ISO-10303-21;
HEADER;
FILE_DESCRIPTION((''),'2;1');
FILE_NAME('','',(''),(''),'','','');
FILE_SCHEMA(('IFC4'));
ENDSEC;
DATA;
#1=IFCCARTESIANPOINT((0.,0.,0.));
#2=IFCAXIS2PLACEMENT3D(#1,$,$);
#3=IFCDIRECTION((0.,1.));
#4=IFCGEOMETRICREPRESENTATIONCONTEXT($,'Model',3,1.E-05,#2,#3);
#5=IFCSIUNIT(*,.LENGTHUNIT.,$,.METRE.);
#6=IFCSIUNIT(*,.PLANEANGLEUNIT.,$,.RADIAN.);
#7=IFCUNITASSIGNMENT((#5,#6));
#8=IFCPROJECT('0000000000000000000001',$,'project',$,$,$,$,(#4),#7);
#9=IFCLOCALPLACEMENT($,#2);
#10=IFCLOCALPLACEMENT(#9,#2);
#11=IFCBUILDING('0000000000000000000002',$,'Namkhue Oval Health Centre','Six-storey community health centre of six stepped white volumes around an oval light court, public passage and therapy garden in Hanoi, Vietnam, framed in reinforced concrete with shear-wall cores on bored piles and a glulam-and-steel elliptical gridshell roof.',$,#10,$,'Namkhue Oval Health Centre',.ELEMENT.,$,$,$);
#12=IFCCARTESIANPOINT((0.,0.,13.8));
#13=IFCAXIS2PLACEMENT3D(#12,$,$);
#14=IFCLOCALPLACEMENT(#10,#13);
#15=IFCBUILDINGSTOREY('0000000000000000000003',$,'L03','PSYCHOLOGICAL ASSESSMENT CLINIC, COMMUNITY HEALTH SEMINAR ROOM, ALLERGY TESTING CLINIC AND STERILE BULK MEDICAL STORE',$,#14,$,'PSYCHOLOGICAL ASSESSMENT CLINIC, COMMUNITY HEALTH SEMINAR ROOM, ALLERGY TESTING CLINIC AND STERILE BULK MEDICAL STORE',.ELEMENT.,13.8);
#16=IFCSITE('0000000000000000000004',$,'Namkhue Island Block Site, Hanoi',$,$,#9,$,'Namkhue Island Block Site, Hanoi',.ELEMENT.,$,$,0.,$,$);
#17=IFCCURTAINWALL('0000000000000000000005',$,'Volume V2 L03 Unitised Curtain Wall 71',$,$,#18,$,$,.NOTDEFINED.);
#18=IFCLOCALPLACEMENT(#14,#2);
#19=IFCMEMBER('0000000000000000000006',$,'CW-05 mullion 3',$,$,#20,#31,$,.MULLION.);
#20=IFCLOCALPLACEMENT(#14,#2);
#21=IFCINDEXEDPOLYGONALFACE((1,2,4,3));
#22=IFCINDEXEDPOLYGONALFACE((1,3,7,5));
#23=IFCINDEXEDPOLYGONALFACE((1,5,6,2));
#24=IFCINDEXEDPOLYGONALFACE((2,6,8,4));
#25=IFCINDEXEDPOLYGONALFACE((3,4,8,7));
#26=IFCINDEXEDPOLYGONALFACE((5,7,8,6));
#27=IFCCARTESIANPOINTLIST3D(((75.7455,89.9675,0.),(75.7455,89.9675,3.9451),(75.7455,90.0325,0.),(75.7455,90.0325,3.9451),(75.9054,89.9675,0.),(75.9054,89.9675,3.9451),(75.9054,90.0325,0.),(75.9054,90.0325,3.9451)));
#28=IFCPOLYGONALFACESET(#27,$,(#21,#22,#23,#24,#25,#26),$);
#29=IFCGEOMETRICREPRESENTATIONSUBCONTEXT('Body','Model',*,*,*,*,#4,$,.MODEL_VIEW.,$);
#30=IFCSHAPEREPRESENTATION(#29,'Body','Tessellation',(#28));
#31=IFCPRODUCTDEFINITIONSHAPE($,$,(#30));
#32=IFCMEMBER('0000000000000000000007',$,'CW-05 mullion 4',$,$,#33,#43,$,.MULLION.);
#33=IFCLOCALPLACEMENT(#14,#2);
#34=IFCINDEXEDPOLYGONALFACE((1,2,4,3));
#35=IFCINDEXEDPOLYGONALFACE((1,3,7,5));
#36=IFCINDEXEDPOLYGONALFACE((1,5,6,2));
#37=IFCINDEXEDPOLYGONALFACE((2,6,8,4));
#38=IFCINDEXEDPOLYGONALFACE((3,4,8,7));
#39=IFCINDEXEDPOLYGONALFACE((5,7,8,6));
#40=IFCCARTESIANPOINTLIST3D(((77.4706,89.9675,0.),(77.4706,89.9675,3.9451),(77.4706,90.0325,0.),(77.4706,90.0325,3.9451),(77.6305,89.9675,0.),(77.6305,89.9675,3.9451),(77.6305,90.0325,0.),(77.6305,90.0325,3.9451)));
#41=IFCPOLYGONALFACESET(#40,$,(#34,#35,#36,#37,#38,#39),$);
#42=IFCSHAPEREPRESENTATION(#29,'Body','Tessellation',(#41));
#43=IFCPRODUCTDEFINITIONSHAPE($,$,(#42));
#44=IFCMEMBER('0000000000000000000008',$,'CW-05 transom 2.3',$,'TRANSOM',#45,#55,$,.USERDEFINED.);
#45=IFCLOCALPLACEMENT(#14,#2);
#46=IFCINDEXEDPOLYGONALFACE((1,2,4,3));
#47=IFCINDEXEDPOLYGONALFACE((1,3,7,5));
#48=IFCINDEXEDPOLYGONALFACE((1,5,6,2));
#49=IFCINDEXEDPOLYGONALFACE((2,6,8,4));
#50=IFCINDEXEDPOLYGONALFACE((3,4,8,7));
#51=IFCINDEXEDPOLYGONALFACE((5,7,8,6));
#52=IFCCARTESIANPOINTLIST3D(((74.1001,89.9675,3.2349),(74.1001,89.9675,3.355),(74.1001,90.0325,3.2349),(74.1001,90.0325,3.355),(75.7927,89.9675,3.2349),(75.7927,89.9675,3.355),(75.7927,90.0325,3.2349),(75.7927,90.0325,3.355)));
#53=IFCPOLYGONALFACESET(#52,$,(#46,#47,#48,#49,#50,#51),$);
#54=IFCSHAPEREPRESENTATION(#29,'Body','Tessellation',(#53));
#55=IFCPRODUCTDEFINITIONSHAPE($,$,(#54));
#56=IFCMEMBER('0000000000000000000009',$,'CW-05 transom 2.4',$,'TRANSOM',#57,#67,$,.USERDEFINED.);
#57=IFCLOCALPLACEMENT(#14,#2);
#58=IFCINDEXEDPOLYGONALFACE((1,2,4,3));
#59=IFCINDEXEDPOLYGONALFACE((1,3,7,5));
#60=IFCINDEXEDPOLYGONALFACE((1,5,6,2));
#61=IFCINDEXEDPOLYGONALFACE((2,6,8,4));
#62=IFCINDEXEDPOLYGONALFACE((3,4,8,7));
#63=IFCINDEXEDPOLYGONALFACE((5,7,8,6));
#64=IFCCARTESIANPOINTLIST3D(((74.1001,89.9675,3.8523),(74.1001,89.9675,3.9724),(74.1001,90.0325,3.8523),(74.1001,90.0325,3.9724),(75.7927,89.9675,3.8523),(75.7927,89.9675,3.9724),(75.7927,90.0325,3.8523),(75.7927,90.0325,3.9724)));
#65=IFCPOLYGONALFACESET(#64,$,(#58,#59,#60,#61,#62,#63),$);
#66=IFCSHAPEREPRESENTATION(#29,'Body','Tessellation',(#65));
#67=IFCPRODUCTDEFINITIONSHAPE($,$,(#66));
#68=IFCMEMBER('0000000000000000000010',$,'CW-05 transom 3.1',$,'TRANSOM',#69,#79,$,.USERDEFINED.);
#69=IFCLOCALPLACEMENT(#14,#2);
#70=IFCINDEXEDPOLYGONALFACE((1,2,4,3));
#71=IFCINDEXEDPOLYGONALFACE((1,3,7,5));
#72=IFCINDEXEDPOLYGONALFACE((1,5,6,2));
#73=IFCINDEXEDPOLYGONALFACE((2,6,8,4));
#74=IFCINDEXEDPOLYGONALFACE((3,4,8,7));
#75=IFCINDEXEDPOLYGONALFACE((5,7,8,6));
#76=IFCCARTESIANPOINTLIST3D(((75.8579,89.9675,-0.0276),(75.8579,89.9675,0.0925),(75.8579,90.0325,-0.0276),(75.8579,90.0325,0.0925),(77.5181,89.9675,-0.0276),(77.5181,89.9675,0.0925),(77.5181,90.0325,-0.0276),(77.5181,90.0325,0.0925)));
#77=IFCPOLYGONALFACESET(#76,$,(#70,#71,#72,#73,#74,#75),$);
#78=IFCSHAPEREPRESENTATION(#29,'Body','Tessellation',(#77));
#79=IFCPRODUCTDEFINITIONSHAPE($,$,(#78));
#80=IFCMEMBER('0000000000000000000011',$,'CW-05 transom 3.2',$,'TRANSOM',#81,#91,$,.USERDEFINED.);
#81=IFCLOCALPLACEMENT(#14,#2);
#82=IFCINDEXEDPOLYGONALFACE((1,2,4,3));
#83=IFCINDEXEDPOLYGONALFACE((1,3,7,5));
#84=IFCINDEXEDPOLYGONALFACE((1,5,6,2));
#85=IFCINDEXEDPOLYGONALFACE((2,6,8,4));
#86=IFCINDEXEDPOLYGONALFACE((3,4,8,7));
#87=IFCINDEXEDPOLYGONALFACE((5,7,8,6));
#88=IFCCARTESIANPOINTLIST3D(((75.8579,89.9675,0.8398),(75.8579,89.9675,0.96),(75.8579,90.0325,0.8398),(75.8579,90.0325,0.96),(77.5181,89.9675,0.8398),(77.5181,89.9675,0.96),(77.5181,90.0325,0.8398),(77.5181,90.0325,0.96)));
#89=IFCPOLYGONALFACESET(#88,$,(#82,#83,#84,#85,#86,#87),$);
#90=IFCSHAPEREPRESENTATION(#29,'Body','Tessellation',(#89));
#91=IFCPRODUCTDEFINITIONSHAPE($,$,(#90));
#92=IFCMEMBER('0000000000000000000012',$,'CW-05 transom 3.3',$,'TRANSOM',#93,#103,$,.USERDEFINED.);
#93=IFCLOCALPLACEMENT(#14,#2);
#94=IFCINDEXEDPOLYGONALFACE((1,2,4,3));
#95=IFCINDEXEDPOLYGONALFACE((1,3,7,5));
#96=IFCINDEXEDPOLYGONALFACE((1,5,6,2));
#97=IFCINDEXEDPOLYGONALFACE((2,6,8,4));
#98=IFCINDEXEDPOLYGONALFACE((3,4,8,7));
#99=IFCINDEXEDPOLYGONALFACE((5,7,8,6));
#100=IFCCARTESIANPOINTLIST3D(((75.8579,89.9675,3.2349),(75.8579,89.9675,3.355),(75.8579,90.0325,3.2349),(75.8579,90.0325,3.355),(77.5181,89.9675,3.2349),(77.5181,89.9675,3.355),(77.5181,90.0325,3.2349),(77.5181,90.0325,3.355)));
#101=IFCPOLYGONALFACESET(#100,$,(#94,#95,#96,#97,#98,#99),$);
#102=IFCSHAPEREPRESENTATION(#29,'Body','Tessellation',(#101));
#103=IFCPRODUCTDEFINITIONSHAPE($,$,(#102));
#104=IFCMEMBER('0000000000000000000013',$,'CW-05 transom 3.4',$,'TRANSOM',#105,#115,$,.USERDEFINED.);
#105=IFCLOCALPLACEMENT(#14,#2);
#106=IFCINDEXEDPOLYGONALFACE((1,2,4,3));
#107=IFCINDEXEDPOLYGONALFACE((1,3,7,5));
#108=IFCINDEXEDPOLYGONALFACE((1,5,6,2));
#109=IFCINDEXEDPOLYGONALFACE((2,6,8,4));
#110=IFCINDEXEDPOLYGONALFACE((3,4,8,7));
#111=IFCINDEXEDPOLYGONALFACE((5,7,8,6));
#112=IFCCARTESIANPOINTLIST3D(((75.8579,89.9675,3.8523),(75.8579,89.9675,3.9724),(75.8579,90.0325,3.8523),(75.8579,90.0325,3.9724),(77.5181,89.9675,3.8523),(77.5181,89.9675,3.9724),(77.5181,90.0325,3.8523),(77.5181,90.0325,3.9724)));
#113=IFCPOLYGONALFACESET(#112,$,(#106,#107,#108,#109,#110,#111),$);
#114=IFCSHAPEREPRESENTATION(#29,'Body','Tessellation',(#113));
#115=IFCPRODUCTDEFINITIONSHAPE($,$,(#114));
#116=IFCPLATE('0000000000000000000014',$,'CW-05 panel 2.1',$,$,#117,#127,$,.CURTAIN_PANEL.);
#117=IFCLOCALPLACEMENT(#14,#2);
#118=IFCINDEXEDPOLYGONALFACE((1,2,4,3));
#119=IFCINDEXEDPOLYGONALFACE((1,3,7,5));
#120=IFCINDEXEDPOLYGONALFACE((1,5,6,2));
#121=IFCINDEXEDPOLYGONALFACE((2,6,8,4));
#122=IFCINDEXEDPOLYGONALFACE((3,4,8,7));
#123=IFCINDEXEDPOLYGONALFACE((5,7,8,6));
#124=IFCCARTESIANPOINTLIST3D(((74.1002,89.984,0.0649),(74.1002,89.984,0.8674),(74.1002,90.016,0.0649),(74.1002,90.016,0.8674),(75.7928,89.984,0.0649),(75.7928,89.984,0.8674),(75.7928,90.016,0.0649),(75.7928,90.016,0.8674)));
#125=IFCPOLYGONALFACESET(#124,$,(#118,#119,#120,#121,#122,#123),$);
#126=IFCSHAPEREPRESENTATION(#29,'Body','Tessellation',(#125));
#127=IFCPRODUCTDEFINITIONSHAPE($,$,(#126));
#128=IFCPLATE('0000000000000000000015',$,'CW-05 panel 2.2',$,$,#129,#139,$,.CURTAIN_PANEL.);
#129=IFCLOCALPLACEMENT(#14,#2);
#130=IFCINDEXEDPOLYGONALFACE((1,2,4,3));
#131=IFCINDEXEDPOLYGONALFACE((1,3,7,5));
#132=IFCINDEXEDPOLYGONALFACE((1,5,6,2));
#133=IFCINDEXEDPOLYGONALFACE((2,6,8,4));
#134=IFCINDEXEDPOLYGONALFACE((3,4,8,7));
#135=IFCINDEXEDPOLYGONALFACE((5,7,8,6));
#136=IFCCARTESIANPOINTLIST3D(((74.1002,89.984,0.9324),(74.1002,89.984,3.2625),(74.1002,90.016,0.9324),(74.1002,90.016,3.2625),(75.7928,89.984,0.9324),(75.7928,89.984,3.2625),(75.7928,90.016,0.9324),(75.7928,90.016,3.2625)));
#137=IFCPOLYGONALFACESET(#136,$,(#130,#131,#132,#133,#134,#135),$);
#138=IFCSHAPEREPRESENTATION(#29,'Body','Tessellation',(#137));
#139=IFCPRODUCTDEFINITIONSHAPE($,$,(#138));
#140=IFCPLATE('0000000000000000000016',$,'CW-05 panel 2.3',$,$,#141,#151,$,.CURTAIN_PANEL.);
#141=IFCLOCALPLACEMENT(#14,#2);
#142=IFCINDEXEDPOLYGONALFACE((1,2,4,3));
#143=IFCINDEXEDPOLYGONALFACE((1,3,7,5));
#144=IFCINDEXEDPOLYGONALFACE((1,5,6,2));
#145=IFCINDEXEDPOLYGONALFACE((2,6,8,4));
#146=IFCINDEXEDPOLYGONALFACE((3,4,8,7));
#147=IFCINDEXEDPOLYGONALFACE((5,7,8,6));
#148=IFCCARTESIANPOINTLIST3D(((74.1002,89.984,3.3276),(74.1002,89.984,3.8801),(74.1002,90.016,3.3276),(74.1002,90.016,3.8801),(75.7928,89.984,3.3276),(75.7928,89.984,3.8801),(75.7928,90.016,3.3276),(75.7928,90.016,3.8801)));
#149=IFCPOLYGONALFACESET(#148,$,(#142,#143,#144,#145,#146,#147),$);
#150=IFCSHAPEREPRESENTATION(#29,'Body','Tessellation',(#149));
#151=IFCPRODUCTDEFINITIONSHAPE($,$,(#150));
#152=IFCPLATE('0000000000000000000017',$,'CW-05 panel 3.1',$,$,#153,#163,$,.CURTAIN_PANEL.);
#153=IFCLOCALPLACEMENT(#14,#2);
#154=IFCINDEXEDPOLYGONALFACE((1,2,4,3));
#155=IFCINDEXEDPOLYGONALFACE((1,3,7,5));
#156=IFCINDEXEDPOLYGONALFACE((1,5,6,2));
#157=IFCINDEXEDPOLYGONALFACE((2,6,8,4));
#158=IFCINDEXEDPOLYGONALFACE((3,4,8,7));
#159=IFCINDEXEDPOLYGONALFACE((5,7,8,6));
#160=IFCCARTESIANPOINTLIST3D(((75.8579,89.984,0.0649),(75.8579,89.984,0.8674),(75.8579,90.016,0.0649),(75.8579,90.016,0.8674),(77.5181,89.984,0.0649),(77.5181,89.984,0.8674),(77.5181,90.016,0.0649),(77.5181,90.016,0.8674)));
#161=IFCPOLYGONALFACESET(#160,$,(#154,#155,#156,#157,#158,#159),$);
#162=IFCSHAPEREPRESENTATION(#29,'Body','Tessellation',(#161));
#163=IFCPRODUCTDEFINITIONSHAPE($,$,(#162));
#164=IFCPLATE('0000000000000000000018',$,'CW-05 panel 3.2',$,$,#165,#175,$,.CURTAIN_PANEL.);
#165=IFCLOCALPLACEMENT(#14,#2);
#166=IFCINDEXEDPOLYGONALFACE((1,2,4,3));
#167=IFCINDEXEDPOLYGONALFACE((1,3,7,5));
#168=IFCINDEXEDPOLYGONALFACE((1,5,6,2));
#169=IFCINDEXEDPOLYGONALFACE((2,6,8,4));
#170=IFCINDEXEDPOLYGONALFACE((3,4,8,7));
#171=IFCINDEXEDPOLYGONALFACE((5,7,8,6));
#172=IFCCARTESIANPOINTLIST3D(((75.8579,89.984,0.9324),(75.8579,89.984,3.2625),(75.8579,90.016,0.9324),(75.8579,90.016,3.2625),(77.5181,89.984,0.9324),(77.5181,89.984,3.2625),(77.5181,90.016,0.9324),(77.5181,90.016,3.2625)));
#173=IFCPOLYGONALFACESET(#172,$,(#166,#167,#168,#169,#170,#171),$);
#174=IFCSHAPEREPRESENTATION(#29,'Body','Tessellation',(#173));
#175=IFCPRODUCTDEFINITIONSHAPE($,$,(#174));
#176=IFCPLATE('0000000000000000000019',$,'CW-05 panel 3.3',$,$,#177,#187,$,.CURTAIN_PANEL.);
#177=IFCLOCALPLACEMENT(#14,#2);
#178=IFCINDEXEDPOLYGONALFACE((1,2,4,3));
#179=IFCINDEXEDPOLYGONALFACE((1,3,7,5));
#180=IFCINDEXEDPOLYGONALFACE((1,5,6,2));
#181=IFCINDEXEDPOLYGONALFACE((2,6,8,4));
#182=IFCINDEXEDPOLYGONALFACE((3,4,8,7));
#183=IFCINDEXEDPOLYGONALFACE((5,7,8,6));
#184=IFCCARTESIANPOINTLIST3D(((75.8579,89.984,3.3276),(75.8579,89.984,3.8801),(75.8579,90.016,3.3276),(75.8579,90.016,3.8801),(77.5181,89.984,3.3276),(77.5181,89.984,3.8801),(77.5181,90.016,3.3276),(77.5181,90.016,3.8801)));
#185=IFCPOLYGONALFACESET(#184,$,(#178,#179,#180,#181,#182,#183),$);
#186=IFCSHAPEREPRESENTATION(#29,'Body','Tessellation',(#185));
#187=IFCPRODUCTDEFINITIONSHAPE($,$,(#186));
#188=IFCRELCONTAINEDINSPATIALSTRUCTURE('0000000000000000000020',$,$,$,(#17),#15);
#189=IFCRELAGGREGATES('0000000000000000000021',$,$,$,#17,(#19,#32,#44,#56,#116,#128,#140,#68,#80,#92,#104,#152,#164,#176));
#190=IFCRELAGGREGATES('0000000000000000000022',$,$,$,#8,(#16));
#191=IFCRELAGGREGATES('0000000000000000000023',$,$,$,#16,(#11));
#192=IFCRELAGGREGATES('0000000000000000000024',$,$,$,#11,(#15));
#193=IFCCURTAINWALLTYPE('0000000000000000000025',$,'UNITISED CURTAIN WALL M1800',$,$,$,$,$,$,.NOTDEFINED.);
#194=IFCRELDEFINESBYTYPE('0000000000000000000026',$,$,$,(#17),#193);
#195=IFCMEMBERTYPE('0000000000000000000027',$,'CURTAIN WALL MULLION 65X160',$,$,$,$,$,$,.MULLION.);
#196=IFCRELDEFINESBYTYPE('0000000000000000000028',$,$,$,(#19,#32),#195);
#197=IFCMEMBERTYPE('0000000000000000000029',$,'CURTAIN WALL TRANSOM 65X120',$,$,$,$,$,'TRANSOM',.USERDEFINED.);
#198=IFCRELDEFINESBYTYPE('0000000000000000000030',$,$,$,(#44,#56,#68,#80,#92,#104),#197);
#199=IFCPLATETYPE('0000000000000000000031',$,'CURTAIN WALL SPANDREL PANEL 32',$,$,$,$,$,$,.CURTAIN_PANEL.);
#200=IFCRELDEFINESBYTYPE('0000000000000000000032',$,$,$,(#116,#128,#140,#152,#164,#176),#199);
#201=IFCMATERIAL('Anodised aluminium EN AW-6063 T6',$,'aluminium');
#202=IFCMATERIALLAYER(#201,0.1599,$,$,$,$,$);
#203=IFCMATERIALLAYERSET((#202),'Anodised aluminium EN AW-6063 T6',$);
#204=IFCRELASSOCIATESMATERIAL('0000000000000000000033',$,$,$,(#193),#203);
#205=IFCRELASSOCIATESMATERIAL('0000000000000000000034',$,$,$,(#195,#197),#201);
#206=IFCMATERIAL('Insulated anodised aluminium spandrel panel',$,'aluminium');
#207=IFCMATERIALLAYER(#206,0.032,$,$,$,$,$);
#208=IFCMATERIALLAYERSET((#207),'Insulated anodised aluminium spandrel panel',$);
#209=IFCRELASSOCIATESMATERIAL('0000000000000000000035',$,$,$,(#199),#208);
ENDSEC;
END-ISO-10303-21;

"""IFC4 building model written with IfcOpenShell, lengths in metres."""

from ifc_helpers import new_model, si_unit, direction, frame, origin, origin_2d, place, context, subcontext, project, spatial, rectangle, extrude, material, layer, layer_set, material_profile, profile_set, type_object, element, aggregate, save


model = new_model("IFC4")

# Units and contexts
model_context = context("Model", 3, precision=1e-05, world=origin(), true_north=direction((0.0, 1.0)))
body_context = subcontext(model_context, "Body", "Model", "MODEL_VIEW")
ifc_project = project(units=[si_unit("LENGTHUNIT", "METRE"), si_unit("PLANEANGLEUNIT", "RADIAN")], contexts=[model_context])

# Site, building, storey
site_placement = place(None, origin())
site = spatial("IfcSite", under=ifc_project, at=site_placement, Name="Namkhue Island Block Site, Hanoi", LongName="Namkhue Island Block Site, Hanoi", CompositionType="ELEMENT", RefElevation=0.0)
building_placement = place(site_placement, origin())
building = spatial("IfcBuilding", under=site, at=building_placement, Name="Namkhue Oval Health Centre", Description="Six-storey community health centre of six stepped white volumes around an oval light court, public passage and therapy garden in Hanoi, Vietnam, framed in reinforced concrete with shear-wall cores on bored piles and a glulam-and-steel elliptical gridshell roof.", LongName="Namkhue Oval Health Centre", CompositionType="ELEMENT")
storey_placement = place(building_placement, frame((0.0, 0.0, 13.8)))
storey = spatial("IfcBuildingStorey", under=building, at=storey_placement, Name="L03", Description="PSYCHOLOGICAL ASSESSMENT CLINIC, COMMUNITY HEALTH SEMINAR ROOM, ALLERGY TESTING CLINIC AND STERILE BULK MEDICAL STORE", LongName="PSYCHOLOGICAL ASSESSMENT CLINIC, COMMUNITY HEALTH SEMINAR ROOM, ALLERGY TESTING CLINIC AND STERILE BULK MEDICAL STORE", CompositionType="ELEMENT", Elevation=13.8)

# Curtain wall, members, plates
ifc_material_1 = material(Name="Anodised aluminium EN AW-6063 T6", Category="aluminium")
ifc_layer_1 = layer(ifc_material_1, 0.1599)
ifc_layer_set_1 = layer_set([ifc_layer_1], Name="Anodised aluminium EN AW-6063 T6")
curtain_wall_type = type_object("IfcCurtainWallType", Name="UNITISED CURTAIN WALL M1800", PredefinedType="NOTDEFINED", material=ifc_layer_set_1)
curtain_wall_placement = place(storey_placement, origin())
curtain_wall = element("IfcCurtainWall", 1, at=curtain_wall_placement, inside=storey, type_object=curtain_wall_type, Name="Volume V2 L03 Unitised Curtain Wall 71", PredefinedType="NOTDEFINED")
ifc_material_profile_1 = material_profile(ifc_material_1, rectangle(XDim=0.0649, YDim=0.1599, at=origin_2d()), Name="ALU 65x160")
ifc_profile_set_1 = profile_set([ifc_material_profile_1], Name="Anodised aluminium EN AW-6063 T6")
member_type_1 = type_object("IfcMemberType", Name="CURTAIN WALL MULLION 65X160", PredefinedType="MULLION", material=ifc_profile_set_1)
member_1_placement = place(storey_placement, frame((75.8254, 90.0, 0.0), z_axis=(0.0, 0.0, 1.0), x_axis=(0.0, 1.0, 0.0)))
member_1 = element("IfcMember", 2, at=member_1_placement, type_object=member_type_1, Name="CW-05 mullion 3", PredefinedType="MULLION", context=body_context, shape_type="SweptSolid", body=[
    extrude(rectangle(XDim=0.0649, YDim=0.1599, at=origin_2d()), origin(), (0.0, 0.0, 1.0), 3.9451),
])
member_2_placement = place(storey_placement, frame((77.5505, 90.0, 0.0), z_axis=(0.0, 0.0, 1.0), x_axis=(0.0, 1.0, 0.0)))
member_2 = element("IfcMember", 3, at=member_2_placement, type_object=member_type_1, Name="CW-05 mullion 4", PredefinedType="MULLION", context=body_context, shape_type="SweptSolid", body=[
    extrude(rectangle(XDim=0.0649, YDim=0.1599, at=origin_2d()), origin(), (0.0, 0.0, 1.0), 3.9451),
])
ifc_material_profile_2 = material_profile(ifc_material_1, rectangle(XDim=0.0649, YDim=0.1201, at=origin_2d()), Name="ALU 65x120")
ifc_profile_set_2 = profile_set([ifc_material_profile_2], Name="Anodised aluminium EN AW-6063 T6")
member_type_2 = type_object("IfcMemberType", Name="CURTAIN WALL TRANSOM 65X120", ElementType="TRANSOM", PredefinedType="USERDEFINED", material=ifc_profile_set_2)
member_3_placement = place(storey_placement, frame((74.1001, 90.0, 3.2949), z_axis=(1.0, 0.0, 0.0), x_axis=(0.0, 1.0, 0.0)))
member_3 = element("IfcMember", 4, at=member_3_placement, type_object=member_type_2, Name="CW-05 transom 2.3", ObjectType="TRANSOM", PredefinedType="USERDEFINED", context=body_context, shape_type="SweptSolid", body=[
    extrude(rectangle(XDim=0.0649, YDim=0.1201, at=origin_2d()), origin(), (0.0, 0.0, 1.0), 1.6926),
])
member_4_placement = place(storey_placement, frame((74.1001, 90.0, 3.9124), z_axis=(1.0, 0.0, 0.0), x_axis=(0.0, 1.0, 0.0)))
member_4 = element("IfcMember", 5, at=member_4_placement, type_object=member_type_2, Name="CW-05 transom 2.4", ObjectType="TRANSOM", PredefinedType="USERDEFINED", context=body_context, shape_type="SweptSolid", body=[
    extrude(rectangle(XDim=0.0649, YDim=0.1201, at=origin_2d()), origin(), (0.0, 0.0, 1.0), 1.6926),
])
member_5_placement = place(storey_placement, frame((75.8579, 90.0, 0.0325), z_axis=(1.0, 0.0, 0.0), x_axis=(0.0, 1.0, 0.0)))
member_5 = element("IfcMember", 6, at=member_5_placement, type_object=member_type_2, Name="CW-05 transom 3.1", ObjectType="TRANSOM", PredefinedType="USERDEFINED", context=body_context, shape_type="SweptSolid", body=[
    extrude(rectangle(XDim=0.0649, YDim=0.1201, at=origin_2d()), origin(), (0.0, 0.0, 1.0), 1.6602),
])
member_6_placement = place(storey_placement, frame((75.8579, 90.0, 0.8999), z_axis=(1.0, 0.0, 0.0), x_axis=(0.0, 1.0, 0.0)))
member_6 = element("IfcMember", 7, at=member_6_placement, type_object=member_type_2, Name="CW-05 transom 3.2", ObjectType="TRANSOM", PredefinedType="USERDEFINED", context=body_context, shape_type="SweptSolid", body=[
    extrude(rectangle(XDim=0.0649, YDim=0.1201, at=origin_2d()), origin(), (0.0, 0.0, 1.0), 1.6602),
])
member_7_placement = place(storey_placement, frame((75.8579, 90.0, 3.2949), z_axis=(1.0, 0.0, 0.0), x_axis=(0.0, 1.0, 0.0)))
member_7 = element("IfcMember", 8, at=member_7_placement, type_object=member_type_2, Name="CW-05 transom 3.3", ObjectType="TRANSOM", PredefinedType="USERDEFINED", context=body_context, shape_type="SweptSolid", body=[
    extrude(rectangle(XDim=0.0649, YDim=0.1201, at=origin_2d()), origin(), (0.0, 0.0, 1.0), 1.6602),
])
member_8_placement = place(storey_placement, frame((75.8579, 90.0, 3.9124), z_axis=(1.0, 0.0, 0.0), x_axis=(0.0, 1.0, 0.0)))
member_8 = element("IfcMember", 9, at=member_8_placement, type_object=member_type_2, Name="CW-05 transom 3.4", ObjectType="TRANSOM", PredefinedType="USERDEFINED", context=body_context, shape_type="SweptSolid", body=[
    extrude(rectangle(XDim=0.0649, YDim=0.1201, at=origin_2d()), origin(), (0.0, 0.0, 1.0), 1.6602),
])
ifc_material_2 = material(Name="Insulated anodised aluminium spandrel panel", Category="aluminium")
ifc_layer_2 = layer(ifc_material_2, 0.032)
ifc_layer_set_2 = layer_set([ifc_layer_2], Name="Insulated anodised aluminium spandrel panel")
plate_type = type_object("IfcPlateType", Name="CURTAIN WALL SPANDREL PANEL 32", PredefinedType="CURTAIN_PANEL", material=ifc_layer_set_2)
plate_1_placement = place(storey_placement, frame((74.9465, 90.0, 0.0649), z_axis=(0.0, 0.0, 1.0), x_axis=(1.0, 0.0, 0.0)))
plate_1 = element("IfcPlate", 10, at=plate_1_placement, type_object=plate_type, Name="CW-05 panel 2.1", PredefinedType="CURTAIN_PANEL", context=body_context, shape_type="SweptSolid", body=[
    extrude(rectangle(XDim=1.6926, YDim=0.032, at=origin_2d()), origin(), (0.0, 0.0, 1.0), 0.8025),
])
plate_2_placement = place(storey_placement, frame((74.9465, 90.0, 0.9324), z_axis=(0.0, 0.0, 1.0), x_axis=(1.0, 0.0, 0.0)))
plate_2 = element("IfcPlate", 11, at=plate_2_placement, type_object=plate_type, Name="CW-05 panel 2.2", PredefinedType="CURTAIN_PANEL", context=body_context, shape_type="SweptSolid", body=[
    extrude(rectangle(XDim=1.6926, YDim=0.032, at=origin_2d()), origin(), (0.0, 0.0, 1.0), 2.3301),
])
plate_3_placement = place(storey_placement, frame((74.9465, 90.0, 3.3276), z_axis=(0.0, 0.0, 1.0), x_axis=(1.0, 0.0, 0.0)))
plate_3 = element("IfcPlate", 12, at=plate_3_placement, type_object=plate_type, Name="CW-05 panel 2.3", PredefinedType="CURTAIN_PANEL", context=body_context, shape_type="SweptSolid", body=[
    extrude(rectangle(XDim=1.6926, YDim=0.032, at=origin_2d()), origin(), (0.0, 0.0, 1.0), 0.5525),
])
plate_4_placement = place(storey_placement, frame((76.688, 90.0, 0.0649), z_axis=(0.0, 0.0, 1.0), x_axis=(1.0, 0.0, 0.0)))
plate_4 = element("IfcPlate", 13, at=plate_4_placement, type_object=plate_type, Name="CW-05 panel 3.1", PredefinedType="CURTAIN_PANEL", context=body_context, shape_type="SweptSolid", body=[
    extrude(rectangle(XDim=1.6602, YDim=0.032, at=origin_2d()), origin(), (0.0, 0.0, 1.0), 0.8025),
])
plate_5_placement = place(storey_placement, frame((76.688, 90.0, 0.9324), z_axis=(0.0, 0.0, 1.0), x_axis=(1.0, 0.0, 0.0)))
plate_5 = element("IfcPlate", 14, at=plate_5_placement, type_object=plate_type, Name="CW-05 panel 3.2", PredefinedType="CURTAIN_PANEL", context=body_context, shape_type="SweptSolid", body=[
    extrude(rectangle(XDim=1.6602, YDim=0.032, at=origin_2d()), origin(), (0.0, 0.0, 1.0), 2.3301),
])
plate_6_placement = place(storey_placement, frame((76.688, 90.0, 3.3276), z_axis=(0.0, 0.0, 1.0), x_axis=(1.0, 0.0, 0.0)))
plate_6 = element("IfcPlate", 15, at=plate_6_placement, type_object=plate_type, Name="CW-05 panel 3.3", PredefinedType="CURTAIN_PANEL", context=body_context, shape_type="SweptSolid", body=[
    extrude(rectangle(XDim=1.6602, YDim=0.032, at=origin_2d()), origin(), (0.0, 0.0, 1.0), 0.5525),
])
aggregate(curtain_wall, [member_1, member_2, member_3, member_4, plate_1, plate_2, plate_3, member_5, member_6, member_7, member_8, plate_4, plate_5, plate_6])

save(model, "model.ifc")
